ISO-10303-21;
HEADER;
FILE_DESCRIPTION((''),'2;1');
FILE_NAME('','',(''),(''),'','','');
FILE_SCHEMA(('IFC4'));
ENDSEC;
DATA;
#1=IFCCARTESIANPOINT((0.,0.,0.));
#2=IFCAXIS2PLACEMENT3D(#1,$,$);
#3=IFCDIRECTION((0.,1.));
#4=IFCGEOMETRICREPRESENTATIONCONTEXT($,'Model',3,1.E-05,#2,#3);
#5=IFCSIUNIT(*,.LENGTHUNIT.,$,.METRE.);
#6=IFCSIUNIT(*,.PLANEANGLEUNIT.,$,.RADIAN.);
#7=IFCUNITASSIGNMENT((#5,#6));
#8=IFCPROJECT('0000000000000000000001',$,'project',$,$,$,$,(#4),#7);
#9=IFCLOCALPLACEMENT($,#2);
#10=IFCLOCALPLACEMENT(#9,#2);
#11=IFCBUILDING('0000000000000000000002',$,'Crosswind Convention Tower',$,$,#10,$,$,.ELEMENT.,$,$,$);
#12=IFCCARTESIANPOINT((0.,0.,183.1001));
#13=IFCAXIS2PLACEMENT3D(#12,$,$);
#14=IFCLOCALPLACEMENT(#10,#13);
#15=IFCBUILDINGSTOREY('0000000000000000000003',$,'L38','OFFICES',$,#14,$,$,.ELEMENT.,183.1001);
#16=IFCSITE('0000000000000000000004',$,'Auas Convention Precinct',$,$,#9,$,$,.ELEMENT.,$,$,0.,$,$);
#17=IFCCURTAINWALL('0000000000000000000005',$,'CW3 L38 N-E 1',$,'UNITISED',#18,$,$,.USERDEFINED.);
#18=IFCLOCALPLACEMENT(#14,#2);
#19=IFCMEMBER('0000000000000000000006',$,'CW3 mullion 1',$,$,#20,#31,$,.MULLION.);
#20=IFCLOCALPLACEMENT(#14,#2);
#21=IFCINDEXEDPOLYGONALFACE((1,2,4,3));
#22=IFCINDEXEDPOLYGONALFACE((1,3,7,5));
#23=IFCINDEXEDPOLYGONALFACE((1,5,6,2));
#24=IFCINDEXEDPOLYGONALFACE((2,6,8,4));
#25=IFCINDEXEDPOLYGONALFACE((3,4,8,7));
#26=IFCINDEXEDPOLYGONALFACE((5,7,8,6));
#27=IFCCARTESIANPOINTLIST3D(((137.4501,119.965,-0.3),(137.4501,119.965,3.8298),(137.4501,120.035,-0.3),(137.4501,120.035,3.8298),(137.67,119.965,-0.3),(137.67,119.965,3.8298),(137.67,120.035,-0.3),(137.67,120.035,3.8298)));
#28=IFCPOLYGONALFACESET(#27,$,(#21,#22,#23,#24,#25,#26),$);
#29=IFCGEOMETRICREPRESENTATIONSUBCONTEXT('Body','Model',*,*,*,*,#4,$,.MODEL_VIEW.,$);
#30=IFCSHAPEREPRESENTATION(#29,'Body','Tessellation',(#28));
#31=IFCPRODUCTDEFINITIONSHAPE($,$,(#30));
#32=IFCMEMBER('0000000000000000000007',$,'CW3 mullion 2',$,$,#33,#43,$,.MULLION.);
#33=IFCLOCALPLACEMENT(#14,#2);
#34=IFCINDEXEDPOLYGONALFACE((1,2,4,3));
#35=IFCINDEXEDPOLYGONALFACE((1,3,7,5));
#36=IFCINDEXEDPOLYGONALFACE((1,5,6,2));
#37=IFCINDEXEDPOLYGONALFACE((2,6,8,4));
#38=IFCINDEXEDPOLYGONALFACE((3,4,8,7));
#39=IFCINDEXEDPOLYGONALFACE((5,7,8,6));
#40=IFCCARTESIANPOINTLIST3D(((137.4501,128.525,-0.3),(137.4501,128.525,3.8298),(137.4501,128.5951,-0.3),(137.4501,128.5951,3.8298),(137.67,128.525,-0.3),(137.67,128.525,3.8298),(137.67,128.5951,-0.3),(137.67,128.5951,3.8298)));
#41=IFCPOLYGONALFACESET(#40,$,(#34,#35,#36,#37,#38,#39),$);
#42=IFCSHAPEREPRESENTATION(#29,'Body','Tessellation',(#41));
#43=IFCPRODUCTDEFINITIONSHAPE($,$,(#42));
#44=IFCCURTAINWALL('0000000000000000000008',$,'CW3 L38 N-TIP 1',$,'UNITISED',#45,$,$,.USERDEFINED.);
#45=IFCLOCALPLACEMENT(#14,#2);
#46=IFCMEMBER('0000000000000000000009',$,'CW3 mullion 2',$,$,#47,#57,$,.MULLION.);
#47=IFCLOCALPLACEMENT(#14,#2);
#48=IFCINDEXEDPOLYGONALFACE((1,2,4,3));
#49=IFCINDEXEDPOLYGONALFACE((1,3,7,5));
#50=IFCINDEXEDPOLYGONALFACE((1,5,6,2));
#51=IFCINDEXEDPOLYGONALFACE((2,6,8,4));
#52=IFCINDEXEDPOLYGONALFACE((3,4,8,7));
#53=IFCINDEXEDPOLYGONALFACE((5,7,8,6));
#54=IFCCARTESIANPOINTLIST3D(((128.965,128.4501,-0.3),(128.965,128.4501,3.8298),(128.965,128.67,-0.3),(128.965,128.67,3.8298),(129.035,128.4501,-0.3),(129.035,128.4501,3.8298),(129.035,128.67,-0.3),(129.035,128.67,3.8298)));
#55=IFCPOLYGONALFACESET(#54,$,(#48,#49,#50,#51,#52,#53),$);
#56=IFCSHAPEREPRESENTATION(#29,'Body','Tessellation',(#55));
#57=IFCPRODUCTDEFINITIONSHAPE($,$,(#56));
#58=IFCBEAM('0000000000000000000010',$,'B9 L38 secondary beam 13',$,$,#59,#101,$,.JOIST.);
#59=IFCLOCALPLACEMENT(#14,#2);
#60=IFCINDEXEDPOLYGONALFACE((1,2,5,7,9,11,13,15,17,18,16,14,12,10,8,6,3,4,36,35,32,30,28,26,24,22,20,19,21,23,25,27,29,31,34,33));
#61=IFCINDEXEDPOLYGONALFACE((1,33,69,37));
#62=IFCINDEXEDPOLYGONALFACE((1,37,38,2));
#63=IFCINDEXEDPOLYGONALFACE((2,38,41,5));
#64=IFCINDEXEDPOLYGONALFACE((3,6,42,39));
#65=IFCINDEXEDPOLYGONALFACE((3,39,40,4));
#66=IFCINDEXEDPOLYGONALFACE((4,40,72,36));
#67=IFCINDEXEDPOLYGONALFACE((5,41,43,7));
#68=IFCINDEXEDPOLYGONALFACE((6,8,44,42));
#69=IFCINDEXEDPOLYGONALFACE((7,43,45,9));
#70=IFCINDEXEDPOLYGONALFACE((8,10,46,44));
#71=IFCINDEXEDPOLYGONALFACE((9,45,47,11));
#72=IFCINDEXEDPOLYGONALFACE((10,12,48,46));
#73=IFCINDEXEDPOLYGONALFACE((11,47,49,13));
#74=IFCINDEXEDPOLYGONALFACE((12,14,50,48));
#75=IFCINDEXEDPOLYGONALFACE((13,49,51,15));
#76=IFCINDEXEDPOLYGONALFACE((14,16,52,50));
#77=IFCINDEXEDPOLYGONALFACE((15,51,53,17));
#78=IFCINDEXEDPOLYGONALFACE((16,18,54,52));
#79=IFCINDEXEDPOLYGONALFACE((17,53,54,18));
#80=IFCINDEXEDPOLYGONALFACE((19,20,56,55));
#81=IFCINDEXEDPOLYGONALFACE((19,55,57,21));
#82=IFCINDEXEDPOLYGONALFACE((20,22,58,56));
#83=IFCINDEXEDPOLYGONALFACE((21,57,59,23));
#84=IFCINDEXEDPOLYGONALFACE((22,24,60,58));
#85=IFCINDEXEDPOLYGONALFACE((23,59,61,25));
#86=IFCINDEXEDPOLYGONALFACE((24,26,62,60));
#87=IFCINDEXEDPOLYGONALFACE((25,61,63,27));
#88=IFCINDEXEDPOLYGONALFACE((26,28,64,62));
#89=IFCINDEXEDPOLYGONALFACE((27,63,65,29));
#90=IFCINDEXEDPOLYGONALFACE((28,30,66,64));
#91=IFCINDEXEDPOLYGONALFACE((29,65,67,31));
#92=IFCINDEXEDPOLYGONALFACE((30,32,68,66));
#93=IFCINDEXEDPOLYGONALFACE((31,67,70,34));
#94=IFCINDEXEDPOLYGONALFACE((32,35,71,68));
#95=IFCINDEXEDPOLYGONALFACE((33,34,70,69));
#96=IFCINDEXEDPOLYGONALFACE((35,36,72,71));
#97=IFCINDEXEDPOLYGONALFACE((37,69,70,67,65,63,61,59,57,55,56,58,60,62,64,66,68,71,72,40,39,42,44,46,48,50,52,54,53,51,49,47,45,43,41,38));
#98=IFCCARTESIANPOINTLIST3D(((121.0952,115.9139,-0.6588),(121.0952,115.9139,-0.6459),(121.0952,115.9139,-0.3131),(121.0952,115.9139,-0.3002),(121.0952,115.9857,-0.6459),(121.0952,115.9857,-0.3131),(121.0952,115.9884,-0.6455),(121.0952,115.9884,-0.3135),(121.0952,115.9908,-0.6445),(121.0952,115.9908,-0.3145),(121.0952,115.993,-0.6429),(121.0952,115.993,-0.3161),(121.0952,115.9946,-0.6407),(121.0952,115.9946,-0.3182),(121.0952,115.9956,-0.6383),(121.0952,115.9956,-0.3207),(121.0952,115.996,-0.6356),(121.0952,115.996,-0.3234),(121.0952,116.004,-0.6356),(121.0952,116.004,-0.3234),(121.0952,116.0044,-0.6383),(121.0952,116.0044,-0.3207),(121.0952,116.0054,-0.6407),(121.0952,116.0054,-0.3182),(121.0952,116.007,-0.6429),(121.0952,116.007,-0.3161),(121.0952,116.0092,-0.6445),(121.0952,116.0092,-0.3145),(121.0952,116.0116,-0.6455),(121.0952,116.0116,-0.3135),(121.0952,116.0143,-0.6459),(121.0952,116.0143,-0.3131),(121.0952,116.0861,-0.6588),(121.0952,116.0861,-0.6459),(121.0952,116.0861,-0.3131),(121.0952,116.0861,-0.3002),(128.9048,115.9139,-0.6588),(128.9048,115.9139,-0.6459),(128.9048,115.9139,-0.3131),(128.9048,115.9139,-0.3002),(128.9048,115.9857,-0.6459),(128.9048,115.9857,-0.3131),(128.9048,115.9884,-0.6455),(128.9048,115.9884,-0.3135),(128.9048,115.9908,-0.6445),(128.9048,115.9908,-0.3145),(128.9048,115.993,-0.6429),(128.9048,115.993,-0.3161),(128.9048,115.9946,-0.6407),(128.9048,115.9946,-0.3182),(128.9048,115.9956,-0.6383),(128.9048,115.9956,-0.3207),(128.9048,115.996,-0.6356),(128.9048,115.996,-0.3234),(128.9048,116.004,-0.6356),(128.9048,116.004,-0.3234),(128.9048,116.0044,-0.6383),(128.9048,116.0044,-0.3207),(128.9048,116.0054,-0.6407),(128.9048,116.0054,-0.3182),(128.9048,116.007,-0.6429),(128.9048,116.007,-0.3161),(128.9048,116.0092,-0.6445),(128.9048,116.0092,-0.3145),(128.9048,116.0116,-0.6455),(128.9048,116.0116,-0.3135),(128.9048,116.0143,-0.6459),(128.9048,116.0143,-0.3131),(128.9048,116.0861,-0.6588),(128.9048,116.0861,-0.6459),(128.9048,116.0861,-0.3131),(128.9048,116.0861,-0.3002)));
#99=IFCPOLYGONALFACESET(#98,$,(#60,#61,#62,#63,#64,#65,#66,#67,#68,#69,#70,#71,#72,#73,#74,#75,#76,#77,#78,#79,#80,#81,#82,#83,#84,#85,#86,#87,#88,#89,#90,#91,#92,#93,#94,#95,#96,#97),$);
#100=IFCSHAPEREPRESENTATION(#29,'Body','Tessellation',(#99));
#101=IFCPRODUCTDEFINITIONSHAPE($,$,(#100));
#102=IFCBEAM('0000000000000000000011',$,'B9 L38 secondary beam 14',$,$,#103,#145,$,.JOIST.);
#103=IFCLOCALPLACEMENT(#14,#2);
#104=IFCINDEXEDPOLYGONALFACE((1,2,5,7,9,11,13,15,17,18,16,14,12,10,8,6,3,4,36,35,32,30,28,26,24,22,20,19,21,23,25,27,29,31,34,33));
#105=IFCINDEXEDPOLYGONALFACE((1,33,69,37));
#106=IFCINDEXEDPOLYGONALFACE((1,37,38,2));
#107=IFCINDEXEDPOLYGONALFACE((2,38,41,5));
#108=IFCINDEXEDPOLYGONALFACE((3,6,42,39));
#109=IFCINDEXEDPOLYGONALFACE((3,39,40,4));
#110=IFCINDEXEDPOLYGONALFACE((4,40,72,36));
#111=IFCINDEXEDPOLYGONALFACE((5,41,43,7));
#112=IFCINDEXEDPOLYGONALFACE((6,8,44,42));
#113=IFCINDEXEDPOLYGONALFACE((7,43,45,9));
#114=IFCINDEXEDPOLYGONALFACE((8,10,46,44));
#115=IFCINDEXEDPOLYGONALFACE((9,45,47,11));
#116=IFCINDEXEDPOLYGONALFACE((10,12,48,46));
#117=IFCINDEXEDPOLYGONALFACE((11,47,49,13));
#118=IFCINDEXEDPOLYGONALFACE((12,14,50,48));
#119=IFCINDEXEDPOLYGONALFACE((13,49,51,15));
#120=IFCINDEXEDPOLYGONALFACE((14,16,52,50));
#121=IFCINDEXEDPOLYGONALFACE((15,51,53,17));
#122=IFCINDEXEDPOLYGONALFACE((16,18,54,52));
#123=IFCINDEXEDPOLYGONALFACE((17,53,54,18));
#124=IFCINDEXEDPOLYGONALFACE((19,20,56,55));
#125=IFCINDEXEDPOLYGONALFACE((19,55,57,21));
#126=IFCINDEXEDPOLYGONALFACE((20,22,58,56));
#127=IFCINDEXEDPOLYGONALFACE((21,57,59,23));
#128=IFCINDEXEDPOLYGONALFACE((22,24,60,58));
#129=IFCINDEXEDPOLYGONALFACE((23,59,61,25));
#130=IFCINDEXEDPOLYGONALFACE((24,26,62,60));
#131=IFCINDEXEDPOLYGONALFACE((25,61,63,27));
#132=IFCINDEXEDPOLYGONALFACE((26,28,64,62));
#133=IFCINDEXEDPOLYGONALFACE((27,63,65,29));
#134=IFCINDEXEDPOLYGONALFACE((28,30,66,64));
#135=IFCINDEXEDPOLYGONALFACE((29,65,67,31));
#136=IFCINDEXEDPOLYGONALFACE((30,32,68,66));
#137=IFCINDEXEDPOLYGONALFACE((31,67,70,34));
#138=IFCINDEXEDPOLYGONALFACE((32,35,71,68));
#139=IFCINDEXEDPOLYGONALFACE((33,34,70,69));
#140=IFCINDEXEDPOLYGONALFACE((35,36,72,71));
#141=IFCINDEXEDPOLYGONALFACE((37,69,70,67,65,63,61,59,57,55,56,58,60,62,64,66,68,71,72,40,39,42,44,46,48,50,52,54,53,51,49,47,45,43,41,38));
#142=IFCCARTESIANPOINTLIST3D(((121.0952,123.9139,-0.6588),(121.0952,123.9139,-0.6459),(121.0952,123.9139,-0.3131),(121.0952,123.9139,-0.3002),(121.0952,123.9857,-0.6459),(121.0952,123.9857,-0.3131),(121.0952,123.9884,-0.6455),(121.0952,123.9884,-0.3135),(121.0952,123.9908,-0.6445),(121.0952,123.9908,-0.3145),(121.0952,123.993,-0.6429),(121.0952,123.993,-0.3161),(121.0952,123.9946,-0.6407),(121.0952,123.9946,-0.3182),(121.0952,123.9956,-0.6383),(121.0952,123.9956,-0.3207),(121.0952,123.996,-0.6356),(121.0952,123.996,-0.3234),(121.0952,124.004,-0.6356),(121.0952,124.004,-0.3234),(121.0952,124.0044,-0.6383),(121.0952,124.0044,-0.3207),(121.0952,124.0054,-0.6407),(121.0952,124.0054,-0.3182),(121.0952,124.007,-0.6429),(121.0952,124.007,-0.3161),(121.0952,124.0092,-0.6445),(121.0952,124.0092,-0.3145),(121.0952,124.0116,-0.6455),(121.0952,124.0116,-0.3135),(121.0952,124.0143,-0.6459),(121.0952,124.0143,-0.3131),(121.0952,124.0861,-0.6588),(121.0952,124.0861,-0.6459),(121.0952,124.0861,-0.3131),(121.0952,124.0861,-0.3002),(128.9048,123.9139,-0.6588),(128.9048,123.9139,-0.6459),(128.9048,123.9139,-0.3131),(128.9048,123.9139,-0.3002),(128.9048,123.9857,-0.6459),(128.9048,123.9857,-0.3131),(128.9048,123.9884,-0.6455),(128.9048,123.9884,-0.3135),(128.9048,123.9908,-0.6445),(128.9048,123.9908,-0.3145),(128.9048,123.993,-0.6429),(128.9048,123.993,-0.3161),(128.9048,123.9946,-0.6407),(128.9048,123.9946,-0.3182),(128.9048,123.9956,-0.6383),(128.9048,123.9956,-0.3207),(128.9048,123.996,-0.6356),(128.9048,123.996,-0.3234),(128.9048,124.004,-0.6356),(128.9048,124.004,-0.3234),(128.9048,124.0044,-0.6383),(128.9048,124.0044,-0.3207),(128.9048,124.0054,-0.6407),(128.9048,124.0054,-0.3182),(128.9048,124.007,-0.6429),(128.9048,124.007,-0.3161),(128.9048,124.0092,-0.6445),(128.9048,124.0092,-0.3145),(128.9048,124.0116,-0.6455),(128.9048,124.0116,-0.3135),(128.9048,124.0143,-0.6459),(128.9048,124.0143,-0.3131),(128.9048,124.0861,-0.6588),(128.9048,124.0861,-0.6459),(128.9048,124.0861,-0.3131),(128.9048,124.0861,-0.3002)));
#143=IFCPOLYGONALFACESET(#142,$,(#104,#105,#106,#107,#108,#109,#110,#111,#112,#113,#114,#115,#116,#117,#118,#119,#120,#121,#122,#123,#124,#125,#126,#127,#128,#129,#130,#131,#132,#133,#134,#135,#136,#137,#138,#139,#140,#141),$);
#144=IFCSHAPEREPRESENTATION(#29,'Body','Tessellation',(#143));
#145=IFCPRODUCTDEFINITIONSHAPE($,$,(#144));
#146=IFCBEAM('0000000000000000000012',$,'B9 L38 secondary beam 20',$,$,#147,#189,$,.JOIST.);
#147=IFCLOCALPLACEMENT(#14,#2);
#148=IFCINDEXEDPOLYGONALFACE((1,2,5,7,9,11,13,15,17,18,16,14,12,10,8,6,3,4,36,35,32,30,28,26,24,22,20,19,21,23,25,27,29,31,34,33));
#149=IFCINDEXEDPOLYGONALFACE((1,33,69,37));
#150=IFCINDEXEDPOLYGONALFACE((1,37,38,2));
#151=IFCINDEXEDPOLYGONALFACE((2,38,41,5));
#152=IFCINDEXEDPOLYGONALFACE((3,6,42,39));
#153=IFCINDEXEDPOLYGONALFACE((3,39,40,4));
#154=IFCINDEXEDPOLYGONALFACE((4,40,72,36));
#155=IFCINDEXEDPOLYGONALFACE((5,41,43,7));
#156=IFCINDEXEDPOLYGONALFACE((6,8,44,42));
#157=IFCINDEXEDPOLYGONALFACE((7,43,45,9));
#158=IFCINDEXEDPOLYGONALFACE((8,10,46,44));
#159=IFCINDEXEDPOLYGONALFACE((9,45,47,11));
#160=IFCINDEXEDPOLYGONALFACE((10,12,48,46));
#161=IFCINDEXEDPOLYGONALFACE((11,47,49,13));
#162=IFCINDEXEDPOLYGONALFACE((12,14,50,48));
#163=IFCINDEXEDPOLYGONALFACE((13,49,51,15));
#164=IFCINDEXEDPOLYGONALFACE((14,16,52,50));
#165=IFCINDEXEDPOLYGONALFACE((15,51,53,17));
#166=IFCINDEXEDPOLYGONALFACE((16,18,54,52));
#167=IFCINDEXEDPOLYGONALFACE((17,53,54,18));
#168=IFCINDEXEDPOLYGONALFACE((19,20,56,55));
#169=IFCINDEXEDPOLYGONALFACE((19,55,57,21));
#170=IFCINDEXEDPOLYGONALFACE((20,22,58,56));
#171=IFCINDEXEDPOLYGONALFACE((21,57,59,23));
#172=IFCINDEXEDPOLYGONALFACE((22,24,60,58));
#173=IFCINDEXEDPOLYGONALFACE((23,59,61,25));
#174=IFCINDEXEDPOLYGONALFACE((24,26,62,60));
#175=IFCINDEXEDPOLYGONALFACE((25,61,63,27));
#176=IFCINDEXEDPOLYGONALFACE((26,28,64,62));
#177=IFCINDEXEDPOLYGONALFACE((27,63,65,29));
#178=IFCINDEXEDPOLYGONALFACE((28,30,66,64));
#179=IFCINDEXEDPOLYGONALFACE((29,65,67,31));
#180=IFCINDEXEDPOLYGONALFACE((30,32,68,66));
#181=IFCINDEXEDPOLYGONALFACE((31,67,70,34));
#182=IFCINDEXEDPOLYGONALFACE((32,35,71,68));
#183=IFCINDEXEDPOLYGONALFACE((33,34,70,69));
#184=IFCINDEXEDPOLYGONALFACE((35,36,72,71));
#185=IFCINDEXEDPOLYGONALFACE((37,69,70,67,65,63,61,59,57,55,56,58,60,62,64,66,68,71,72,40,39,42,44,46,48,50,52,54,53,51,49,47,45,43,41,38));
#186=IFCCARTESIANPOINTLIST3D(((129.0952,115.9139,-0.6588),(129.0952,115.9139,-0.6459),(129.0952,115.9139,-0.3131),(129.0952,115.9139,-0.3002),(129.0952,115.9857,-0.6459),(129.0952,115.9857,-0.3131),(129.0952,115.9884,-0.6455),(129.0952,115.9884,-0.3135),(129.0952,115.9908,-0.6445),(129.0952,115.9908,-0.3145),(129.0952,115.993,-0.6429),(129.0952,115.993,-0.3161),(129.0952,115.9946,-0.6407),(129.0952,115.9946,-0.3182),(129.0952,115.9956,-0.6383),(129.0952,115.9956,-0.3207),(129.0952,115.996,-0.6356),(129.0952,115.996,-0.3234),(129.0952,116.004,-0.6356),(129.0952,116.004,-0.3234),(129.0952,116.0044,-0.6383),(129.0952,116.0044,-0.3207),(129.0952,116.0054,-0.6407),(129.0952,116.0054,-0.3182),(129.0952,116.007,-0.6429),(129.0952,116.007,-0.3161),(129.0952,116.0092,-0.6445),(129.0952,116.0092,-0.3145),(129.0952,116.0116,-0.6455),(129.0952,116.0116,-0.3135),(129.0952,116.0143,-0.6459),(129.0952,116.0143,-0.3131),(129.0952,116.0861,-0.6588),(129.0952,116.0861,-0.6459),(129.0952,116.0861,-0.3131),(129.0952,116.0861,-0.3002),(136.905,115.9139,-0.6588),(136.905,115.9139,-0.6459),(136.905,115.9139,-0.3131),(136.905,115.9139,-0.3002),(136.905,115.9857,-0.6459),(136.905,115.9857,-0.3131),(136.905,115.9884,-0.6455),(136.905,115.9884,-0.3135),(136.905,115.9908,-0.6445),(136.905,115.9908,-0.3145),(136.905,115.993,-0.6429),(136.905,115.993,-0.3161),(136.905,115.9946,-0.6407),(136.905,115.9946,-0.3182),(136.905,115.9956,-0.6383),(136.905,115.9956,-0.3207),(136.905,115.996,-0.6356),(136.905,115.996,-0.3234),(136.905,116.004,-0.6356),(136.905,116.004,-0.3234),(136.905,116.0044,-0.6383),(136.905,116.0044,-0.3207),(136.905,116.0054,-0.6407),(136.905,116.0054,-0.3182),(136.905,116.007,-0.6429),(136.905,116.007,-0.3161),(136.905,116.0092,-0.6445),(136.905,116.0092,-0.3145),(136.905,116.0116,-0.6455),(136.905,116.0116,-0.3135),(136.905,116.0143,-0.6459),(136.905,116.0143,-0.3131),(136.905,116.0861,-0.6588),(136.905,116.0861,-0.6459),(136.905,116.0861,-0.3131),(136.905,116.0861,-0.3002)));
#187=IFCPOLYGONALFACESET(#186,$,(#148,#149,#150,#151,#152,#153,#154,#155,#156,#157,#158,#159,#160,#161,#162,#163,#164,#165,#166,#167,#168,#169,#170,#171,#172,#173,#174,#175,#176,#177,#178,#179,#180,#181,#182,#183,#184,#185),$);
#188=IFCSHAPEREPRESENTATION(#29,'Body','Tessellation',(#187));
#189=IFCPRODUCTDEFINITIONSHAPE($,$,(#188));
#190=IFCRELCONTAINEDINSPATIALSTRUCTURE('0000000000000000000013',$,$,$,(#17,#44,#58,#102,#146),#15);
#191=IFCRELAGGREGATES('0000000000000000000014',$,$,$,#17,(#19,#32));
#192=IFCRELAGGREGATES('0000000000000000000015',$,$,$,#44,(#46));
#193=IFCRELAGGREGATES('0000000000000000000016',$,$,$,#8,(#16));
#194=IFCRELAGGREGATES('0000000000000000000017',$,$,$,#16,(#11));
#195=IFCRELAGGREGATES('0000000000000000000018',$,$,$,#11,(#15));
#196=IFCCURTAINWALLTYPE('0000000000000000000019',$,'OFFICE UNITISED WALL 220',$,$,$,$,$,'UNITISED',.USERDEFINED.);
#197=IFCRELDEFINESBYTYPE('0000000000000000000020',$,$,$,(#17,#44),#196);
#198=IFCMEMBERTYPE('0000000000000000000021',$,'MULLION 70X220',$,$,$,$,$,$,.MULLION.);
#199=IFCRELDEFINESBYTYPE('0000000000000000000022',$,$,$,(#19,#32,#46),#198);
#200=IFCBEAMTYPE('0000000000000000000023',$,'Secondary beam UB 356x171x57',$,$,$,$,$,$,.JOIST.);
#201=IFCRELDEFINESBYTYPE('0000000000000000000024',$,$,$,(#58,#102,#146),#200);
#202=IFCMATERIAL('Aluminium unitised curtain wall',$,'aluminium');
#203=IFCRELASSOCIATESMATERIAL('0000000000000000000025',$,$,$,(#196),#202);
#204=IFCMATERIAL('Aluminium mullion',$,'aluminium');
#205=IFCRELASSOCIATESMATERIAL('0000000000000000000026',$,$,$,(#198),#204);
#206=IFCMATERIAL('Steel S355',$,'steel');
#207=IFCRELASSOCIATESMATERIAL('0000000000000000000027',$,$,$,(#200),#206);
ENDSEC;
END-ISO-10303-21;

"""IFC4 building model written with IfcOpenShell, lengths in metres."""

from ifc_helpers import new_model, si_unit, direction, frame, origin, origin_2d, place, context, subcontext, project, spatial, rectangle, i_section, extrude, material, material_profile, profile_set, type_object, element, aggregate, save


model = new_model("IFC4")

# Units and contexts
model_context = context("Model", 3, precision=1e-05, world=origin(), true_north=direction((0.0, 1.0)))
body_context = subcontext(model_context, "Body", "Model", "MODEL_VIEW")
ifc_project = project(units=[si_unit("LENGTHUNIT", "METRE"), si_unit("PLANEANGLEUNIT", "RADIAN")], contexts=[model_context])

# Site, building, storey
site_placement = place(None, origin())
site = spatial("IfcSite", under=ifc_project, at=site_placement, Name="Auas Convention Precinct", CompositionType="ELEMENT", RefElevation=0.0)
building_placement = place(site_placement, origin())
building = spatial("IfcBuilding", under=site, at=building_placement, Name="Crosswind Convention Tower", CompositionType="ELEMENT")
storey_placement = place(building_placement, frame((0.0, 0.0, 183.1001)))
storey = spatial("IfcBuildingStorey", under=building, at=storey_placement, Name="L38", Description="OFFICES", CompositionType="ELEMENT", Elevation=183.1001)

# Shared definitions
ifc_material_1 = material(Name="Steel S355", Category="steel")

# Shared definitions
ifc_material_2 = material(Name="Aluminium unitised curtain wall", Category="aluminium")
ifc_material_3 = material(Name="Aluminium mullion", Category="aluminium")

# Curtain wall, members
curtain_wall_type_1 = type_object("IfcCurtainWallType", Name="OFFICE UNITISED WALL 220", ElementType="UNITISED", PredefinedType="USERDEFINED", material=ifc_material_2)
curtain_wall_1_placement = place(storey_placement, origin())
curtain_wall_1 = element("IfcCurtainWall", 1, at=curtain_wall_1_placement, inside=storey, type_object=curtain_wall_type_1, Name="CW3 L38 N-E 1", ObjectType="UNITISED", PredefinedType="USERDEFINED")
ifc_material_profile_1 = material_profile(ifc_material_3, rectangle(XDim=0.22, YDim=0.0701, at=origin_2d()), Name="AL 220X70")
ifc_profile_set_1 = profile_set([ifc_material_profile_1], Name="Aluminium mullion")
member_type_1 = type_object("IfcMemberType", Name="MULLION 70X220", PredefinedType="MULLION", material=ifc_profile_set_1)
member_1_placement = place(storey_placement, frame((137.5601, 120.0, -0.3), z_axis=(0.0, 0.0, 1.0), x_axis=(1.0, 0.0, 0.0)))
member_1 = element("IfcMember", 2, at=member_1_placement, type_object=member_type_1, Name="CW3 mullion 1", PredefinedType="MULLION", context=body_context, shape_type="SweptSolid", body=[
    extrude(rectangle(XDim=0.22, YDim=0.0701, at=origin_2d()), origin(), (0.0, 0.0, 1.0), 4.1299),
])
member_2_placement = place(storey_placement, frame((137.5601, 128.5601, -0.3), z_axis=(0.0, 0.0, 1.0), x_axis=(1.0, 0.0, 0.0)))
member_2 = element("IfcMember", 3, at=member_2_placement, type_object=member_type_1, Name="CW3 mullion 2", PredefinedType="MULLION", context=body_context, shape_type="SweptSolid", body=[
    extrude(rectangle(XDim=0.22, YDim=0.0701, at=origin_2d()), origin(), (0.0, 0.0, 1.0), 4.1299),
])

# Curtain wall, member
curtain_wall_2_placement = place(storey_placement, origin())
curtain_wall_2 = element("IfcCurtainWall", 4, at=curtain_wall_2_placement, inside=storey, type_object=curtain_wall_type_1, Name="CW3 L38 N-TIP 1", ObjectType="UNITISED", PredefinedType="USERDEFINED")
member_3_placement = place(storey_placement, frame((129.0, 128.5601, -0.3), z_axis=(0.0, 0.0, 1.0), x_axis=(0.0, 1.0, 0.0)))
member_3 = element("IfcMember", 5, at=member_3_placement, type_object=member_type_1, Name="CW3 mullion 2", PredefinedType="MULLION", context=body_context, shape_type="SweptSolid", body=[
    extrude(rectangle(XDim=0.22, YDim=0.0701, at=origin_2d()), origin(), (0.0, 0.0, 1.0), 4.1299),
])

# Beams
ifc_material_profile_2 = material_profile(ifc_material_1, i_section(OverallWidth=0.1721, OverallDepth=0.3586, WebThickness=0.0081, FlangeThickness=0.0129, FilletRadius=0.0103, at=origin_2d()), Name="UB 356x171x57")
ifc_profile_set_2 = profile_set([ifc_material_profile_2], Name="Steel S355")
beam_type_1 = type_object("IfcBeamType", Name="Secondary beam UB 356x171x57", PredefinedType="JOIST", material=ifc_profile_set_2)
for number, where, z_axis, x_axis, name in (
    (6, (121.0952, 116.0, -0.4795), (1.0, 0.0, 0.0), (0.0, 1.0, 0.0), "B9 L38 secondary beam 13"),
    (7, (121.0952, 124.0, -0.4795), (1.0, 0.0, 0.0), (0.0, 1.0, 0.0), "B9 L38 secondary beam 14"),
):
    element("IfcBeam", number, at=place(storey_placement, frame(where, z_axis=z_axis, x_axis=x_axis)), inside=storey, type_object=beam_type_1, Name=name, PredefinedType="JOIST", context=body_context, shape_type="SweptSolid", body=[
        extrude(i_section(OverallWidth=0.1721, OverallDepth=0.3586, WebThickness=0.0081, FlangeThickness=0.0129, FilletRadius=0.0103, at=origin_2d()), origin(), (0.0, 0.0, 1.0), 7.8096),
    ])
for number, where, z_axis, x_axis, name in (
    (8, (129.0952, 116.0, -0.4795), (1.0, 0.0, 0.0), (0.0, 1.0, 0.0), "B9 L38 secondary beam 20"),
):
    element("IfcBeam", number, at=place(storey_placement, frame(where, z_axis=z_axis, x_axis=x_axis)), inside=storey, type_object=beam_type_1, Name=name, PredefinedType="JOIST", context=body_context, shape_type="SweptSolid", body=[
        extrude(i_section(OverallWidth=0.1721, OverallDepth=0.3586, WebThickness=0.0081, FlangeThickness=0.0129, FilletRadius=0.0103, at=origin_2d()), origin(), (0.0, 0.0, 1.0), 7.8098),
    ])

aggregate(curtain_wall_1, [member_1, member_2])
aggregate(curtain_wall_2, [member_3])

save(model, "model.ifc")
